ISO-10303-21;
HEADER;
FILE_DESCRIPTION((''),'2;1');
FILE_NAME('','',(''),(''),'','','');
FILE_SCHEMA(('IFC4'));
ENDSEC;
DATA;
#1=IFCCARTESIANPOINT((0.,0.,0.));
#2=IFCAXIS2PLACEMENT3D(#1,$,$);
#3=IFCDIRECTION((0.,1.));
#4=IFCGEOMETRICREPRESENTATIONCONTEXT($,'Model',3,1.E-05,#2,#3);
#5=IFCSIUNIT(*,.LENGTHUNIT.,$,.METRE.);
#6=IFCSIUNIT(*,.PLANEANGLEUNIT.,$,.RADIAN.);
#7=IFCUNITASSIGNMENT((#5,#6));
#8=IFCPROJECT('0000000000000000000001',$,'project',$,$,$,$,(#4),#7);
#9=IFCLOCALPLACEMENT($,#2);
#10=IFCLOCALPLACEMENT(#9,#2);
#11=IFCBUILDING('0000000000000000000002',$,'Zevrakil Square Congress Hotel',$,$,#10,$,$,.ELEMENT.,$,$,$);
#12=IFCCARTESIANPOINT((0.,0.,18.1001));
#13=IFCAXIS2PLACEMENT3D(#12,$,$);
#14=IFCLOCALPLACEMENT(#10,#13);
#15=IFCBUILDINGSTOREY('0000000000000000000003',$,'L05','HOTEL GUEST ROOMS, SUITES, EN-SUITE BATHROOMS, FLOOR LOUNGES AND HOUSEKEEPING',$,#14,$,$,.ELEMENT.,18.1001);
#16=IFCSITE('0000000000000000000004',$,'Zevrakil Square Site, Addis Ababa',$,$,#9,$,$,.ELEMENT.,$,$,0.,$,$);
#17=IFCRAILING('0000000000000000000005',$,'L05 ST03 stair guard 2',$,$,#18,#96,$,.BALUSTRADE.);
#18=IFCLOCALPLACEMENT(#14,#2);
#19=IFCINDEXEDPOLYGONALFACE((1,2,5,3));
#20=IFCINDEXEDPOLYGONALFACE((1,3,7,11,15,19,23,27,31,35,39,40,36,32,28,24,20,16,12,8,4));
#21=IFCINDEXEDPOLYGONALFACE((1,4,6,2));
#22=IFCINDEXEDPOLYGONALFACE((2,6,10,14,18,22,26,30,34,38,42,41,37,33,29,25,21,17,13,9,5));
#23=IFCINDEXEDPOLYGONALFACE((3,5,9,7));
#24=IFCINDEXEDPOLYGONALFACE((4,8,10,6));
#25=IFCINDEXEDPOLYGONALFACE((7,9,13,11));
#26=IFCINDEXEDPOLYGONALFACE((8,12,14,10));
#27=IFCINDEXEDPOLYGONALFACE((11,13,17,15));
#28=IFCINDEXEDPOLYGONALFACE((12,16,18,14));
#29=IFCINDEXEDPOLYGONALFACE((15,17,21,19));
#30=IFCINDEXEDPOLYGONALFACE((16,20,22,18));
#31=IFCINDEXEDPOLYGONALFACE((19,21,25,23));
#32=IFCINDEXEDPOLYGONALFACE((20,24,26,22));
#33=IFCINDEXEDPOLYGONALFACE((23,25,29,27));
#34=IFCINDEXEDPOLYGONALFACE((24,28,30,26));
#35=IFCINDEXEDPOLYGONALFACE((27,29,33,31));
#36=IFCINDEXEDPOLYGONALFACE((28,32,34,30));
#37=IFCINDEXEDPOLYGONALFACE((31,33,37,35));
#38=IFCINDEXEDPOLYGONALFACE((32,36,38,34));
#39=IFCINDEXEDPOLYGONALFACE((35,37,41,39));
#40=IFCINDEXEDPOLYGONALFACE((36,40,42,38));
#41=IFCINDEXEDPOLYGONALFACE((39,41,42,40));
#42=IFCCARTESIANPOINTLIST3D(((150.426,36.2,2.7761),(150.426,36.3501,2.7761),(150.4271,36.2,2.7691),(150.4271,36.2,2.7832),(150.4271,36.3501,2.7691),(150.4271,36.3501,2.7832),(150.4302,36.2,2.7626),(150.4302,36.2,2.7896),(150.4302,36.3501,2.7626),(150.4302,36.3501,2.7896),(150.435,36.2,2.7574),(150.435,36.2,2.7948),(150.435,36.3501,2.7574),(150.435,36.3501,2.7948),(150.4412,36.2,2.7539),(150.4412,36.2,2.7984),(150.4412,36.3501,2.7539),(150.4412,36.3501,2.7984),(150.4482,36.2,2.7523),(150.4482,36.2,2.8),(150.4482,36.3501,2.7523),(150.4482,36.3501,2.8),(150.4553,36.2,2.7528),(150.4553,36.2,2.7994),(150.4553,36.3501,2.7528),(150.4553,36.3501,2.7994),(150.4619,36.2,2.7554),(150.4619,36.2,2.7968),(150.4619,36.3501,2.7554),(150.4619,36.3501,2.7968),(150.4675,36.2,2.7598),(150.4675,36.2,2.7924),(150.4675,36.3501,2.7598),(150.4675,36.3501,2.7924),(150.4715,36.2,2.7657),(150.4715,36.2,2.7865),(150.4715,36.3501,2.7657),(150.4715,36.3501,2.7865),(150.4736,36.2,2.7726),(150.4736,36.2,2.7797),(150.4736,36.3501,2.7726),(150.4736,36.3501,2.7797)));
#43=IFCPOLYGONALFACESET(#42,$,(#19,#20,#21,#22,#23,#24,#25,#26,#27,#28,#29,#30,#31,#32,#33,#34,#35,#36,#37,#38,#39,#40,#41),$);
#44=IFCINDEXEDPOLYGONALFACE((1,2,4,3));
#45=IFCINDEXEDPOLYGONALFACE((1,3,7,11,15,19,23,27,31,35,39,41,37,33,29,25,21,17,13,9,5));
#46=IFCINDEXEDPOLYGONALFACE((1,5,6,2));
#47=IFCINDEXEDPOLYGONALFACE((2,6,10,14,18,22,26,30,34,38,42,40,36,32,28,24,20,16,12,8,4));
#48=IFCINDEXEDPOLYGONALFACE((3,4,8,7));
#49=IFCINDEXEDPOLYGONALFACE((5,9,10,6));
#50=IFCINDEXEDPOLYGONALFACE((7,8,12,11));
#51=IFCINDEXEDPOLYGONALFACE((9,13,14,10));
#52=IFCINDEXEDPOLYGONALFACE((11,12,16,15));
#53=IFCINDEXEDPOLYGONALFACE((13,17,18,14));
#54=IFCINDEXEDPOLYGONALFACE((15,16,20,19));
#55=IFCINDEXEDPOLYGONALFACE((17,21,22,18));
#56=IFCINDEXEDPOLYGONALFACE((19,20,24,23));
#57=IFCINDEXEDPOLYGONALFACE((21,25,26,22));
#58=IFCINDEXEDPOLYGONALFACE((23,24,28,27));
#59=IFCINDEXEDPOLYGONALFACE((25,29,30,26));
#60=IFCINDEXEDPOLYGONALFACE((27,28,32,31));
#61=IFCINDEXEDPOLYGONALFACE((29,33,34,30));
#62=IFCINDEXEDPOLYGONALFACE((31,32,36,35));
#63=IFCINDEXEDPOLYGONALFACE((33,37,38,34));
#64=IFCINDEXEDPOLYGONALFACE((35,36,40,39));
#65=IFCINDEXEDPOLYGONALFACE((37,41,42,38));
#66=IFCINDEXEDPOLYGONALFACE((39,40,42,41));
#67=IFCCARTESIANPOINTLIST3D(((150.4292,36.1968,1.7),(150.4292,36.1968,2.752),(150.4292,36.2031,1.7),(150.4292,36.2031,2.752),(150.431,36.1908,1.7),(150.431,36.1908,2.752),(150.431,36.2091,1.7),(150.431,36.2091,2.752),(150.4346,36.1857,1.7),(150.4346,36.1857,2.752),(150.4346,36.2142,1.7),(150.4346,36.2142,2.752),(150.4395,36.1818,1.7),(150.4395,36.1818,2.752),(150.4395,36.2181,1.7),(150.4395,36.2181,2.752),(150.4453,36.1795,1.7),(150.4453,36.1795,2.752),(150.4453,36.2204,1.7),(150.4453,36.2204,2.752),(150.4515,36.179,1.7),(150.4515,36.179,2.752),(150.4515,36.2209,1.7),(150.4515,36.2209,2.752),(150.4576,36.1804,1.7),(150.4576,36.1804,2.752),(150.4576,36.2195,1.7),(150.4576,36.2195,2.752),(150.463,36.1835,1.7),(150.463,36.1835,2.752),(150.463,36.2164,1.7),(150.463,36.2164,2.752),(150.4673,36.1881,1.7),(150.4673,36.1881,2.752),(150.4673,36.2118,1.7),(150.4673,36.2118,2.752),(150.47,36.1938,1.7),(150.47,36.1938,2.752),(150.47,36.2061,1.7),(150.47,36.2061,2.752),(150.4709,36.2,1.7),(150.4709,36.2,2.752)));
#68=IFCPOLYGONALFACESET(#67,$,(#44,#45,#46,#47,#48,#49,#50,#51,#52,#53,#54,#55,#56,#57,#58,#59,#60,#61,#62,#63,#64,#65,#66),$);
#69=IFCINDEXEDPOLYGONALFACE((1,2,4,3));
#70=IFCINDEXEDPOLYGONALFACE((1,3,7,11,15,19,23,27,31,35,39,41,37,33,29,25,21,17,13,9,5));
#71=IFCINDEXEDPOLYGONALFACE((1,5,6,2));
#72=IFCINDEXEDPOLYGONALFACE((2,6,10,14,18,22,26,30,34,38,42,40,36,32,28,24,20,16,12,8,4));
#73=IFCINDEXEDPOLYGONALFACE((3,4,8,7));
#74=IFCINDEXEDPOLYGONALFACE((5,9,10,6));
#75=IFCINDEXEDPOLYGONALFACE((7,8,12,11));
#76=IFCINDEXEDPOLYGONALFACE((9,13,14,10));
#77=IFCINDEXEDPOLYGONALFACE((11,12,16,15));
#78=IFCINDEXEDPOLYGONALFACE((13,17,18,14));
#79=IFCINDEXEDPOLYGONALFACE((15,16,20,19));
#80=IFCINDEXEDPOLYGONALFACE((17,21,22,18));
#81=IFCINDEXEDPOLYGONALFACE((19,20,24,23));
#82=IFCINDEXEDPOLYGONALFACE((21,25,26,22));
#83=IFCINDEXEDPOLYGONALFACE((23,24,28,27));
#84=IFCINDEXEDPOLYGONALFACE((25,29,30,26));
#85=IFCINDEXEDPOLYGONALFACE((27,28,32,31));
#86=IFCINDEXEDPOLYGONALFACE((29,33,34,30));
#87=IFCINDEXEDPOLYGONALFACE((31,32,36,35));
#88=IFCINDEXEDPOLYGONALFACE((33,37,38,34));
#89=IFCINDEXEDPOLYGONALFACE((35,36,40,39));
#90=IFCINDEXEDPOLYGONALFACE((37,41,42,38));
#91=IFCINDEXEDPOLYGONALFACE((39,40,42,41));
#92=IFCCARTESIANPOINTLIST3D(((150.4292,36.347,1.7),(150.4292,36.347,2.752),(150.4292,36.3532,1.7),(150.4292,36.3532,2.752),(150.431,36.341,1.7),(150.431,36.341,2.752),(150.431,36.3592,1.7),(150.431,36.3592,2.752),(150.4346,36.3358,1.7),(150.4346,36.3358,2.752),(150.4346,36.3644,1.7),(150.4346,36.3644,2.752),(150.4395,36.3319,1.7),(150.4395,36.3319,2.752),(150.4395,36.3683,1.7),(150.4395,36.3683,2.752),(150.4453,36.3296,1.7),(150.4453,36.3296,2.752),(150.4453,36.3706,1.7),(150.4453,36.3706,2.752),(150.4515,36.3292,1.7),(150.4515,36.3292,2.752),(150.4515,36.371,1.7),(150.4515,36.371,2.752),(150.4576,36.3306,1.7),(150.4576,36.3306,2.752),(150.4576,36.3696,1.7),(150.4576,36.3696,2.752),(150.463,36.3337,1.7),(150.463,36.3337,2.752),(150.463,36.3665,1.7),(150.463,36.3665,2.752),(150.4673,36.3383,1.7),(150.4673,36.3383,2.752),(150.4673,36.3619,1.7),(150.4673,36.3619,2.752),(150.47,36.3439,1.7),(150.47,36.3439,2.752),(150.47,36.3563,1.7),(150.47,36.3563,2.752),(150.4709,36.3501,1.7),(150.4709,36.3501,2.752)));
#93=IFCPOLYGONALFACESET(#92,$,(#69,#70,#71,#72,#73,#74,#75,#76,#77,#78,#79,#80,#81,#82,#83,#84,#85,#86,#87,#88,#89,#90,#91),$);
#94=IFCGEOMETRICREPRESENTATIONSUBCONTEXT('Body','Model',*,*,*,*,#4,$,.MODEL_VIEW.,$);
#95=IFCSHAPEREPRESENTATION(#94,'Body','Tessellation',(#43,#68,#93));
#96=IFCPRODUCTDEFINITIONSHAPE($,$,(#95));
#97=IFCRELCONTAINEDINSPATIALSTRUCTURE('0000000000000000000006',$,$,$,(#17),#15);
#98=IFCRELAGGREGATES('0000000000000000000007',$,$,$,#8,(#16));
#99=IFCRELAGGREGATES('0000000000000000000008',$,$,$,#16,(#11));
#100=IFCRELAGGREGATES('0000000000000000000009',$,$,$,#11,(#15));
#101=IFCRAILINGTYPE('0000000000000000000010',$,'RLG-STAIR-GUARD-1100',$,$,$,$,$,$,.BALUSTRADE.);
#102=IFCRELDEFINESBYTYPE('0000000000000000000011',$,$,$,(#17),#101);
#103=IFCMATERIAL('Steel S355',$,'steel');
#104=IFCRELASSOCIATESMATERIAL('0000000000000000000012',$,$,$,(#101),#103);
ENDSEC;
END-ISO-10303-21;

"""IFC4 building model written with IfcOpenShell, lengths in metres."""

from ifc_helpers import new_model, si_unit, direction, frame, origin, origin_2d, place, context, subcontext, project, spatial, circle, extrude, material, type_object, element, save


model = new_model("IFC4")

# Units and contexts
model_context = context("Model", 3, precision=1e-05, world=origin(), true_north=direction((0.0, 1.0)))
body_context = subcontext(model_context, "Body", "Model", "MODEL_VIEW")
ifc_project = project(units=[si_unit("LENGTHUNIT", "METRE"), si_unit("PLANEANGLEUNIT", "RADIAN")], contexts=[model_context])

# Site, building, storey
site_placement = place(None, origin())
site = spatial("IfcSite", under=ifc_project, at=site_placement, Name="Zevrakil Square Site, Addis Ababa", CompositionType="ELEMENT", RefElevation=0.0)
building_placement = place(site_placement, origin())
building = spatial("IfcBuilding", under=site, at=building_placement, Name="Zevrakil Square Congress Hotel", CompositionType="ELEMENT")
storey_placement = place(building_placement, frame((0.0, 0.0, 18.1001)))
storey = spatial("IfcBuildingStorey", under=building, at=storey_placement, Name="L05", Description="HOTEL GUEST ROOMS, SUITES, EN-SUITE BATHROOMS, FLOOR LOUNGES AND HOUSEKEEPING", CompositionType="ELEMENT", Elevation=18.1001)

# Railing
ifc_material_1 = material(Name="Steel S355", Category="steel")
railing_type_1 = type_object("IfcRailingType", Name="RLG-STAIR-GUARD-1100", PredefinedType="BALUSTRADE", material=ifc_material_1)
railing_1_placement = place(storey_placement, frame((150.45, 36.2, 1.7)))
element("IfcRailing", 1, at=railing_1_placement, inside=storey, type_object=railing_type_1, Name="L05 ST03 stair guard 2", PredefinedType="BALUSTRADE", context=body_context, shape_type="SweptSolid", body=[
    extrude(circle(Radius=0.0239, at=origin_2d()), frame((0.0, 0.0, 1.0762), z_axis=(0.0, 1.0, 0.0), x_axis=(-1.0, 0.0, 0.0)), (0.0, 0.0, 1.0), 0.1501),
    extrude(circle(Radius=0.021, at=origin_2d()), origin(), (0.0, 0.0, 1.0), 1.052),
    extrude(circle(Radius=0.021, at=origin_2d()), frame((0.0, 0.1501, 0.0)), (0.0, 0.0, 1.0), 1.052),
])

save(model, "model.ifc")
